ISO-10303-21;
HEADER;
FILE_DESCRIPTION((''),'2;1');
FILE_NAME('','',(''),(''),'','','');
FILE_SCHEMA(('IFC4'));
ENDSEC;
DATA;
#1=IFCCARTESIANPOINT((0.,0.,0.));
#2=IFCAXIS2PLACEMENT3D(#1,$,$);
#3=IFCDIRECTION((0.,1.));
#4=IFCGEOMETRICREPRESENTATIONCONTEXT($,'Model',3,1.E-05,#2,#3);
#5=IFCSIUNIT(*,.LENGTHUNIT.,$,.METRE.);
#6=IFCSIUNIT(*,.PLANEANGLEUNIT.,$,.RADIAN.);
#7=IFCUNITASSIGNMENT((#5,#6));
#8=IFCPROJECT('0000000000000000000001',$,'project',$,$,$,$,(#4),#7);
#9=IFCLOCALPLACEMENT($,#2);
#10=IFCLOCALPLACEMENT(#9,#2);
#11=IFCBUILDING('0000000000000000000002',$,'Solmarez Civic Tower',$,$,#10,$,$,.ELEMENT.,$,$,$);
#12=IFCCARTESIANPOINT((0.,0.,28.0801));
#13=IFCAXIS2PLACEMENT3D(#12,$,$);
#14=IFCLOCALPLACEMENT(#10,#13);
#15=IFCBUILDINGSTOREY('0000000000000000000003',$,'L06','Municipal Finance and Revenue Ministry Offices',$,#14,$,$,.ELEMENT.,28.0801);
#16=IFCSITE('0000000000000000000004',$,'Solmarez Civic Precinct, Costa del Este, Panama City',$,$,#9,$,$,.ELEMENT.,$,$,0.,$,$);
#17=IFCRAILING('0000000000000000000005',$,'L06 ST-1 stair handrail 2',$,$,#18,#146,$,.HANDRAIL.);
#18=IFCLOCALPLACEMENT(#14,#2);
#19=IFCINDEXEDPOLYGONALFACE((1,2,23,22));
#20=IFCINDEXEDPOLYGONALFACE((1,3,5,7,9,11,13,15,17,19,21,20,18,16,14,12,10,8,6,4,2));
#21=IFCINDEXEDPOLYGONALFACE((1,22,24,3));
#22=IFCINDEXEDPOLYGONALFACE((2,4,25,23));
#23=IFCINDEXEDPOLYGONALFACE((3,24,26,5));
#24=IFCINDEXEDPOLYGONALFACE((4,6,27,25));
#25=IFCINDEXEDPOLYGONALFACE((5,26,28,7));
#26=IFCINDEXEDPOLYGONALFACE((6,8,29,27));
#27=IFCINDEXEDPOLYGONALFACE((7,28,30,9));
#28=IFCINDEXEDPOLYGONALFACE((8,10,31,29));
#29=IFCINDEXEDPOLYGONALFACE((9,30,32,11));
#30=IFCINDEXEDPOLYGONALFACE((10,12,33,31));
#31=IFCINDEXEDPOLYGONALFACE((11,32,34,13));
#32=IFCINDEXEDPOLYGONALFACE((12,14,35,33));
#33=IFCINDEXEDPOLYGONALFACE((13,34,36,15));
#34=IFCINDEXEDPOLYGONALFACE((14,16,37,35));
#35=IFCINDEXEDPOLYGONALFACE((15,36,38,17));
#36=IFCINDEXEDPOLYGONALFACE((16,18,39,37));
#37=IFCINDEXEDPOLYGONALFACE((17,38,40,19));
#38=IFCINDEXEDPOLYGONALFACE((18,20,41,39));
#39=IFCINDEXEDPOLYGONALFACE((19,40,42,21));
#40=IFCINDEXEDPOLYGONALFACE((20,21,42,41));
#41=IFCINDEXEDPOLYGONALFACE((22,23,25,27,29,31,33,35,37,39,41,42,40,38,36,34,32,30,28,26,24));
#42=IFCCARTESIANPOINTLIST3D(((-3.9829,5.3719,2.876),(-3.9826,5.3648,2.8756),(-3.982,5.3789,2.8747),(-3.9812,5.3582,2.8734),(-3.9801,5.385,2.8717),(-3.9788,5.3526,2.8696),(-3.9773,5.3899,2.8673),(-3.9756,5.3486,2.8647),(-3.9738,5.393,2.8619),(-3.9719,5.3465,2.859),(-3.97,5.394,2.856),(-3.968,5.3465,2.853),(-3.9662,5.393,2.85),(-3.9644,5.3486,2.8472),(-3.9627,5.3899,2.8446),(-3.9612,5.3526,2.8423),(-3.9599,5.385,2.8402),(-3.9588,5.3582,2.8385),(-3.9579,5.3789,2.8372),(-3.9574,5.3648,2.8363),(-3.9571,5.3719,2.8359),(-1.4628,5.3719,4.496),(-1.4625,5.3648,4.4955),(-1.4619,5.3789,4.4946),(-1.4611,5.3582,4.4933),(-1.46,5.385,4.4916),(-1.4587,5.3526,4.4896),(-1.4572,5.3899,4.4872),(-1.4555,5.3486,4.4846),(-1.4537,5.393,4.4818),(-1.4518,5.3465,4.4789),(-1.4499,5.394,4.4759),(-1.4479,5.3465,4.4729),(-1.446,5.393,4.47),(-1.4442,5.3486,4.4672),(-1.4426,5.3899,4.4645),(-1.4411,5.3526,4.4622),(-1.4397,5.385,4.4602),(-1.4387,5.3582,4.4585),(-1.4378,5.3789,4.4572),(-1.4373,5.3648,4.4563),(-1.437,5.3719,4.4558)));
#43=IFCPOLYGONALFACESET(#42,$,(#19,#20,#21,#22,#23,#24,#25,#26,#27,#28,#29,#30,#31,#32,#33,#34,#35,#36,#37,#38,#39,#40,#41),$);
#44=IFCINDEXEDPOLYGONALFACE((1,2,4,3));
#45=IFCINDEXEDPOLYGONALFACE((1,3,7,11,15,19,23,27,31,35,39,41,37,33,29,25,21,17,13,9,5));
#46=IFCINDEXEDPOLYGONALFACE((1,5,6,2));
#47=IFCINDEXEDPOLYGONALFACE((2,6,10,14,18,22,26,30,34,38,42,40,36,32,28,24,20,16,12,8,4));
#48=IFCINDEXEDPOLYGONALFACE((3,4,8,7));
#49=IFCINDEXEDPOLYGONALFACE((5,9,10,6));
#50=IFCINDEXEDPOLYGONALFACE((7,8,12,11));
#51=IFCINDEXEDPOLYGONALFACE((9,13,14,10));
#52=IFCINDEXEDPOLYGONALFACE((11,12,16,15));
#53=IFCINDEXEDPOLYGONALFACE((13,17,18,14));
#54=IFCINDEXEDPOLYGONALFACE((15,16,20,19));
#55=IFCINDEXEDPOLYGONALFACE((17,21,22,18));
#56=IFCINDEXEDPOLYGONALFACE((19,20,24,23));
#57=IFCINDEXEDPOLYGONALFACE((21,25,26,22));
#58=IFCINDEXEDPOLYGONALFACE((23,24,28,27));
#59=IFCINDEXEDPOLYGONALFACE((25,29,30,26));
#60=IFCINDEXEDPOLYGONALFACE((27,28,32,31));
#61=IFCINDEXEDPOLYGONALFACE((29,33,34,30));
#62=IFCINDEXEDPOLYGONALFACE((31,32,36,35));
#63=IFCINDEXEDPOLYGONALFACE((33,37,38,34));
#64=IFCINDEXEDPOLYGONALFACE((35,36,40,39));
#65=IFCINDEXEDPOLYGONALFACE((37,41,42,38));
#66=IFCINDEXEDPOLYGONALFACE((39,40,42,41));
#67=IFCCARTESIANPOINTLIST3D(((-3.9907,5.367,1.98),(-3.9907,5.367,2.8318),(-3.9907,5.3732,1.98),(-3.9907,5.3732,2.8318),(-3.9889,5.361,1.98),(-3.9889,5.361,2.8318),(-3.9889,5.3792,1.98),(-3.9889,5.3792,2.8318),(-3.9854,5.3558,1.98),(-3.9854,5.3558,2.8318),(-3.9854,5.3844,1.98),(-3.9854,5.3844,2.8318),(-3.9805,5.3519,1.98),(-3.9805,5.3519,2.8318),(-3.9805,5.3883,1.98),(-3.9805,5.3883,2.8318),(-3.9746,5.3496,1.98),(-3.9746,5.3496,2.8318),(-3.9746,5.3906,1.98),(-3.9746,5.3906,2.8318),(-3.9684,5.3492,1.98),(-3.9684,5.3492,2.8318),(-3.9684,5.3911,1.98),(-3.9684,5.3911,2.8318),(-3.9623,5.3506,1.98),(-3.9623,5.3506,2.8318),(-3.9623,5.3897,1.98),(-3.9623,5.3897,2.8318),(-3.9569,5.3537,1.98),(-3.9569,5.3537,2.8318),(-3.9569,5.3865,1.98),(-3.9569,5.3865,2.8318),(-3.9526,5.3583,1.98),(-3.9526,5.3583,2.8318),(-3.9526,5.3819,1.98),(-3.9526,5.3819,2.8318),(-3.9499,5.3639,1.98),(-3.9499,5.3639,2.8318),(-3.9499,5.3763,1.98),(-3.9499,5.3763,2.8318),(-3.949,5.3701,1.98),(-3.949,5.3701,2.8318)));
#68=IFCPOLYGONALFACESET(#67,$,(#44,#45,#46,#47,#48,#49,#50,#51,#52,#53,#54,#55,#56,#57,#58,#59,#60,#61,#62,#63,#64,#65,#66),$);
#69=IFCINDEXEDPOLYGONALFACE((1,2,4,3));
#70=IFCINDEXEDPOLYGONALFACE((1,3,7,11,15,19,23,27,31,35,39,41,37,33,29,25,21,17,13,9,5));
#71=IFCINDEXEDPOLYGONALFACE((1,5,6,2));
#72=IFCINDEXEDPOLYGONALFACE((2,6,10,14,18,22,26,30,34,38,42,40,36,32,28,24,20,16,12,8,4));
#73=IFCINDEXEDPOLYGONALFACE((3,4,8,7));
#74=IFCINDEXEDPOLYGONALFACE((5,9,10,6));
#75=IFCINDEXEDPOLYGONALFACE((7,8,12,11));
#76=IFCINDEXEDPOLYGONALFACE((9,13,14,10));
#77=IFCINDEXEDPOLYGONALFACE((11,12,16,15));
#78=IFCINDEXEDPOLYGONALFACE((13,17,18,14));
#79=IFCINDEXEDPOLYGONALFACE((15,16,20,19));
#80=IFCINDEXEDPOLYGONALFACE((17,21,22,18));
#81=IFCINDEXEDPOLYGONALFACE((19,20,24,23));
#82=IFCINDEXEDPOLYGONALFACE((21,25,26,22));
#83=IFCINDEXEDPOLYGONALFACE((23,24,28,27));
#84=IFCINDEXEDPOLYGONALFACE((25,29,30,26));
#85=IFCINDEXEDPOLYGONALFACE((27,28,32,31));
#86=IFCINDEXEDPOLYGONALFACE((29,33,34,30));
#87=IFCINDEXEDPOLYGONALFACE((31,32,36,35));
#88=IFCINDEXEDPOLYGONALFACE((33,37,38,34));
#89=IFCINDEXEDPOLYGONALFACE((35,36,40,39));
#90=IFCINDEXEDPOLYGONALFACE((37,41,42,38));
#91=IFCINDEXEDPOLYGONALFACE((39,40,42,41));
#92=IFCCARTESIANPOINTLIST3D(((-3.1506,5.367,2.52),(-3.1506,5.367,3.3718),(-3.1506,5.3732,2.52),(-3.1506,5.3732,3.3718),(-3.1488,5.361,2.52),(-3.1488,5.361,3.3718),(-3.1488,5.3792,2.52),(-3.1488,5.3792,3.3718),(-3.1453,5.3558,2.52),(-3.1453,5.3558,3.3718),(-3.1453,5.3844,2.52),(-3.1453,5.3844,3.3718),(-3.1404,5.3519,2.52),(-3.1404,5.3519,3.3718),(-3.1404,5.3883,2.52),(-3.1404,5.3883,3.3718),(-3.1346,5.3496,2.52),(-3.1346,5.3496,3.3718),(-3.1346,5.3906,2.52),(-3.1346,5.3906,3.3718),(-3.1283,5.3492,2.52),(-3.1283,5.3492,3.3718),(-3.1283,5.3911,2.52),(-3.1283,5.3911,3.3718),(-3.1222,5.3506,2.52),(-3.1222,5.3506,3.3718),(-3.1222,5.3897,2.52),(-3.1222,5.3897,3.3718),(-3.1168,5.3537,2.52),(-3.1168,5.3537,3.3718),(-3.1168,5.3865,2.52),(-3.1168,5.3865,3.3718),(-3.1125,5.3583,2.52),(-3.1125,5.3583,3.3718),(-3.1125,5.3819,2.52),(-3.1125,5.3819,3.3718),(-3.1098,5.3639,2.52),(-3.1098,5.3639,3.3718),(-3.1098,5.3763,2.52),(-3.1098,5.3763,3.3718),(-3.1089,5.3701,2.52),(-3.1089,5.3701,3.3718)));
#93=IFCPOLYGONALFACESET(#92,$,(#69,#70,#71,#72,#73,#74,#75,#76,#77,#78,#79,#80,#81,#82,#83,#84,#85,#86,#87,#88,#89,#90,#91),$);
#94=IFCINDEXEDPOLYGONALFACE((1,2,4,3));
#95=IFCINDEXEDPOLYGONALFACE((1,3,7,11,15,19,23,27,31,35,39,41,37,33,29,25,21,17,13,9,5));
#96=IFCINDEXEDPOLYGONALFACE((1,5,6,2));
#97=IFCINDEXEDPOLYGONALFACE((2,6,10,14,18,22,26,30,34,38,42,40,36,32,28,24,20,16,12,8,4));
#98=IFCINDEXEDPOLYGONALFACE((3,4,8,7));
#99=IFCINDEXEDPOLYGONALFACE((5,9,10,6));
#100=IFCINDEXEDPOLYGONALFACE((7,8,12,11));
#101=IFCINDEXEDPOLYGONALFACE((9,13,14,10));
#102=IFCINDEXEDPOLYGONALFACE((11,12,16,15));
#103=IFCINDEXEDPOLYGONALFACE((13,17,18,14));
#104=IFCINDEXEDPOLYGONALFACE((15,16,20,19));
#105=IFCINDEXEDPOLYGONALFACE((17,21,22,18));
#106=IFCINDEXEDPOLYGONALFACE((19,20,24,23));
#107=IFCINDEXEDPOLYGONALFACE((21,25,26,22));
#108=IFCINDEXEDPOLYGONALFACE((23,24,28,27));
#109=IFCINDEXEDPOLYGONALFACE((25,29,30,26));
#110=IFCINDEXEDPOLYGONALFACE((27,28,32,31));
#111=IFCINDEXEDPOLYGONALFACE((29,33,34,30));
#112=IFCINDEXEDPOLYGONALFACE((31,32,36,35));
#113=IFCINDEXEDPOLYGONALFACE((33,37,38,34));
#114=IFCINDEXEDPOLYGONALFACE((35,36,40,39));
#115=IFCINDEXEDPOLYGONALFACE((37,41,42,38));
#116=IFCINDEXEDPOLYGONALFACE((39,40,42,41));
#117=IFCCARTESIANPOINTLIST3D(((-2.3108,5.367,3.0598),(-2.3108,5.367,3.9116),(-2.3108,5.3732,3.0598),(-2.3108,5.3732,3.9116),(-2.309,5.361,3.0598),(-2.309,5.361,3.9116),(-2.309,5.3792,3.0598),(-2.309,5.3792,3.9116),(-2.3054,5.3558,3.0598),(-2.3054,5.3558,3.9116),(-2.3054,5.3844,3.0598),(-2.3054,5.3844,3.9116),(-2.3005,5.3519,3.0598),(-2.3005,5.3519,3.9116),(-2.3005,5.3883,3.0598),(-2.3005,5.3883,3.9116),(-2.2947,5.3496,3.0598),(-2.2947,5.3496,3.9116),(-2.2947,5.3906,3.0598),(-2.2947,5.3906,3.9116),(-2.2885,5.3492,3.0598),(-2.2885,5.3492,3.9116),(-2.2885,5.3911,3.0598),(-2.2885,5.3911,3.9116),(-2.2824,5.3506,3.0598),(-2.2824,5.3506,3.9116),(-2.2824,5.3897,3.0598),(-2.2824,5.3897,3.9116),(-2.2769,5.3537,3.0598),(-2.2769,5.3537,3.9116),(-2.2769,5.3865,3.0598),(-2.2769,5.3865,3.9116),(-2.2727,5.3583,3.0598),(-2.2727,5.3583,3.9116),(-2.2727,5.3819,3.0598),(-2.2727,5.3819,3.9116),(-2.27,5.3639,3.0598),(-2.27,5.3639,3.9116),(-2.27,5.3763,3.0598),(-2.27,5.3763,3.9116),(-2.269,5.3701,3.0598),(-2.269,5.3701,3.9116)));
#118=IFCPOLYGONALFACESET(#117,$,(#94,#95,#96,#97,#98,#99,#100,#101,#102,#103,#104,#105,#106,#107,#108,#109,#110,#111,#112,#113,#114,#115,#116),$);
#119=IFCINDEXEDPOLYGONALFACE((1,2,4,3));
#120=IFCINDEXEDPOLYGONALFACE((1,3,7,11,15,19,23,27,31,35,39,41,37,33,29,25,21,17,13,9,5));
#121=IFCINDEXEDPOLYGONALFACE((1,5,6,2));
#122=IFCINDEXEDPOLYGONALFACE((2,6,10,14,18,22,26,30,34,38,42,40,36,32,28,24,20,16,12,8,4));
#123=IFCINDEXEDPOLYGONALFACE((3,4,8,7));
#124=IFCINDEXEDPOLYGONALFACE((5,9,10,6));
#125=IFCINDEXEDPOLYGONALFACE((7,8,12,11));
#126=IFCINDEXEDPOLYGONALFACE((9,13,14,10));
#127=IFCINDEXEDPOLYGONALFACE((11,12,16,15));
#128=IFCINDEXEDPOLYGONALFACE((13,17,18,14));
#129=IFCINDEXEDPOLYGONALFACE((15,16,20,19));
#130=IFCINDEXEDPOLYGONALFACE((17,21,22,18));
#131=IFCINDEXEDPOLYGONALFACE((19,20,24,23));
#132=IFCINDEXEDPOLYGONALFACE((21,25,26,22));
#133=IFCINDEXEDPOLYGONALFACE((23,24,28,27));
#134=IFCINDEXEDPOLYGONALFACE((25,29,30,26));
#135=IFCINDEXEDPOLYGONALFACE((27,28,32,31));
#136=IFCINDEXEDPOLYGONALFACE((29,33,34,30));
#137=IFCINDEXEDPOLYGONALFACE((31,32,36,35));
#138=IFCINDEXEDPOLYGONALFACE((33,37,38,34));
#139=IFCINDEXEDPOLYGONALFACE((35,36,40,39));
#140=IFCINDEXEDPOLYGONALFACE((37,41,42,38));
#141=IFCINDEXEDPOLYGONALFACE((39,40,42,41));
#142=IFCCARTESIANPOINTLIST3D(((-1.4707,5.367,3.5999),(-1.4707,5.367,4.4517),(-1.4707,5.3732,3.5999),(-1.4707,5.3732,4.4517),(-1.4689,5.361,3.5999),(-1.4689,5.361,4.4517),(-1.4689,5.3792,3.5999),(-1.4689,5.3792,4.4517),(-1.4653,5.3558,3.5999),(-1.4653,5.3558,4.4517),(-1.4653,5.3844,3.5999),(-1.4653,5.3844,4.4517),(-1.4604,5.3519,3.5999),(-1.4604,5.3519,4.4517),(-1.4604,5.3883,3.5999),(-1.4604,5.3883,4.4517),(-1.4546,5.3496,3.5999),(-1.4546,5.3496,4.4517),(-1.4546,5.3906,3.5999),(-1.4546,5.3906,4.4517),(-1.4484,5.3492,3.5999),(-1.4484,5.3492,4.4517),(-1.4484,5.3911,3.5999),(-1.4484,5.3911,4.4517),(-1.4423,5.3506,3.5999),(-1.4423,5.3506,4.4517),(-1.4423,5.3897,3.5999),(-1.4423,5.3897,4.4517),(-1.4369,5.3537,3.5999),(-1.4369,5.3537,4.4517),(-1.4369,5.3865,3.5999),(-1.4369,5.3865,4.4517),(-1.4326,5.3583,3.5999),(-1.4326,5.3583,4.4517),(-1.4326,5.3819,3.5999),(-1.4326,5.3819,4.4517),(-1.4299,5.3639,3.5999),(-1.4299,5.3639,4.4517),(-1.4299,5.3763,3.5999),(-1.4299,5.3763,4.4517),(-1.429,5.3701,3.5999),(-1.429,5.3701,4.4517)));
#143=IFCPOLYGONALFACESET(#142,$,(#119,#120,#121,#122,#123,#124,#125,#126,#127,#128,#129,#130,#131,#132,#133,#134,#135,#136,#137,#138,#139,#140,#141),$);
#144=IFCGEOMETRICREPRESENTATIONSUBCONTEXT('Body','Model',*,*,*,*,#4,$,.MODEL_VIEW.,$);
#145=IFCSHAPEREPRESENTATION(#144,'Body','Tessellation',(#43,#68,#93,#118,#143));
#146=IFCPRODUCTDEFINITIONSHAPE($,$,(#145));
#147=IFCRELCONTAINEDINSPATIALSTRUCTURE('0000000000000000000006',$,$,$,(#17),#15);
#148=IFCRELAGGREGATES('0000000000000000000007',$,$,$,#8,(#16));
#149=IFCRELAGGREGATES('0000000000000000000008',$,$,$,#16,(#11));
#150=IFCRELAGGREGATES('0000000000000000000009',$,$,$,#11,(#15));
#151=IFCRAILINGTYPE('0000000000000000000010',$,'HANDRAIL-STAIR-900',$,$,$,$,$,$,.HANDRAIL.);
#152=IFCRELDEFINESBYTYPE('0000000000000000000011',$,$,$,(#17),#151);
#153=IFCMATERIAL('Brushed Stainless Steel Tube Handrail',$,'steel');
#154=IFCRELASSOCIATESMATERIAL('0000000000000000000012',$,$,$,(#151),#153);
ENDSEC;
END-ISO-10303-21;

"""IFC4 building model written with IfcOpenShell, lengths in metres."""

from ifc_helpers import new_model, si_unit, direction, frame, origin, origin_2d, place, context, subcontext, project, spatial, circle, extrude, material, type_object, element, save


model = new_model("IFC4")

# Units and contexts
model_context = context("Model", 3, precision=1e-05, world=origin(), true_north=direction((0.0, 1.0)))
body_context = subcontext(model_context, "Body", "Model", "MODEL_VIEW")
ifc_project = project(units=[si_unit("LENGTHUNIT", "METRE"), si_unit("PLANEANGLEUNIT", "RADIAN")], contexts=[model_context])

# Site, building, storey
site_placement = place(None, origin())
site = spatial("IfcSite", under=ifc_project, at=site_placement, Name="Solmarez Civic Precinct, Costa del Este, Panama City", CompositionType="ELEMENT", RefElevation=0.0)
building_placement = place(site_placement, origin())
building = spatial("IfcBuilding", under=site, at=building_placement, Name="Solmarez Civic Tower", CompositionType="ELEMENT")
storey_placement = place(building_placement, frame((0.0, 0.0, 28.0801)))
storey = spatial("IfcBuildingStorey", under=building, at=storey_placement, Name="L06", Description="Municipal Finance and Revenue Ministry Offices", CompositionType="ELEMENT", Elevation=28.0801)

# Railing
ifc_material_1 = material(Name="Brushed Stainless Steel Tube Handrail", Category="steel")
railing_type_1 = type_object("IfcRailingType", Name="HANDRAIL-STAIR-900", PredefinedType="HANDRAIL", material=ifc_material_1)
railing_1_placement = place(storey_placement, frame((-3.97, 5.3701, 1.98)))
element("IfcRailing", 1, at=railing_1_placement, inside=storey, type_object=railing_type_1, Name="L06 ST-1 stair handrail 2", PredefinedType="HANDRAIL", context=body_context, shape_type="SweptSolid", body=[
    extrude(circle(Radius=0.0239, at=origin_2d()), frame((0.0, 0.0, 0.876), z_axis=(0.8412, 0.0, 0.540725), x_axis=(0.0, 1.0, 0.0)), (0.0, 0.0, 1.0), 2.9958),
    extrude(circle(Radius=0.021, at=origin_2d()), origin(), (0.0, 0.0, 1.0), 0.8518),
    extrude(circle(Radius=0.021, at=origin_2d()), frame((0.8401, 0.0, 0.54)), (0.0, 0.0, 1.0), 0.8518),
    extrude(circle(Radius=0.021, at=origin_2d()), frame((1.6799, 0.0, 1.0798)), (0.0, 0.0, 1.0), 0.8518),
    extrude(circle(Radius=0.021, at=origin_2d()), frame((2.52, 0.0, 1.6199)), (0.0, 0.0, 1.0), 0.8518),
])

save(model, "model.ifc")
